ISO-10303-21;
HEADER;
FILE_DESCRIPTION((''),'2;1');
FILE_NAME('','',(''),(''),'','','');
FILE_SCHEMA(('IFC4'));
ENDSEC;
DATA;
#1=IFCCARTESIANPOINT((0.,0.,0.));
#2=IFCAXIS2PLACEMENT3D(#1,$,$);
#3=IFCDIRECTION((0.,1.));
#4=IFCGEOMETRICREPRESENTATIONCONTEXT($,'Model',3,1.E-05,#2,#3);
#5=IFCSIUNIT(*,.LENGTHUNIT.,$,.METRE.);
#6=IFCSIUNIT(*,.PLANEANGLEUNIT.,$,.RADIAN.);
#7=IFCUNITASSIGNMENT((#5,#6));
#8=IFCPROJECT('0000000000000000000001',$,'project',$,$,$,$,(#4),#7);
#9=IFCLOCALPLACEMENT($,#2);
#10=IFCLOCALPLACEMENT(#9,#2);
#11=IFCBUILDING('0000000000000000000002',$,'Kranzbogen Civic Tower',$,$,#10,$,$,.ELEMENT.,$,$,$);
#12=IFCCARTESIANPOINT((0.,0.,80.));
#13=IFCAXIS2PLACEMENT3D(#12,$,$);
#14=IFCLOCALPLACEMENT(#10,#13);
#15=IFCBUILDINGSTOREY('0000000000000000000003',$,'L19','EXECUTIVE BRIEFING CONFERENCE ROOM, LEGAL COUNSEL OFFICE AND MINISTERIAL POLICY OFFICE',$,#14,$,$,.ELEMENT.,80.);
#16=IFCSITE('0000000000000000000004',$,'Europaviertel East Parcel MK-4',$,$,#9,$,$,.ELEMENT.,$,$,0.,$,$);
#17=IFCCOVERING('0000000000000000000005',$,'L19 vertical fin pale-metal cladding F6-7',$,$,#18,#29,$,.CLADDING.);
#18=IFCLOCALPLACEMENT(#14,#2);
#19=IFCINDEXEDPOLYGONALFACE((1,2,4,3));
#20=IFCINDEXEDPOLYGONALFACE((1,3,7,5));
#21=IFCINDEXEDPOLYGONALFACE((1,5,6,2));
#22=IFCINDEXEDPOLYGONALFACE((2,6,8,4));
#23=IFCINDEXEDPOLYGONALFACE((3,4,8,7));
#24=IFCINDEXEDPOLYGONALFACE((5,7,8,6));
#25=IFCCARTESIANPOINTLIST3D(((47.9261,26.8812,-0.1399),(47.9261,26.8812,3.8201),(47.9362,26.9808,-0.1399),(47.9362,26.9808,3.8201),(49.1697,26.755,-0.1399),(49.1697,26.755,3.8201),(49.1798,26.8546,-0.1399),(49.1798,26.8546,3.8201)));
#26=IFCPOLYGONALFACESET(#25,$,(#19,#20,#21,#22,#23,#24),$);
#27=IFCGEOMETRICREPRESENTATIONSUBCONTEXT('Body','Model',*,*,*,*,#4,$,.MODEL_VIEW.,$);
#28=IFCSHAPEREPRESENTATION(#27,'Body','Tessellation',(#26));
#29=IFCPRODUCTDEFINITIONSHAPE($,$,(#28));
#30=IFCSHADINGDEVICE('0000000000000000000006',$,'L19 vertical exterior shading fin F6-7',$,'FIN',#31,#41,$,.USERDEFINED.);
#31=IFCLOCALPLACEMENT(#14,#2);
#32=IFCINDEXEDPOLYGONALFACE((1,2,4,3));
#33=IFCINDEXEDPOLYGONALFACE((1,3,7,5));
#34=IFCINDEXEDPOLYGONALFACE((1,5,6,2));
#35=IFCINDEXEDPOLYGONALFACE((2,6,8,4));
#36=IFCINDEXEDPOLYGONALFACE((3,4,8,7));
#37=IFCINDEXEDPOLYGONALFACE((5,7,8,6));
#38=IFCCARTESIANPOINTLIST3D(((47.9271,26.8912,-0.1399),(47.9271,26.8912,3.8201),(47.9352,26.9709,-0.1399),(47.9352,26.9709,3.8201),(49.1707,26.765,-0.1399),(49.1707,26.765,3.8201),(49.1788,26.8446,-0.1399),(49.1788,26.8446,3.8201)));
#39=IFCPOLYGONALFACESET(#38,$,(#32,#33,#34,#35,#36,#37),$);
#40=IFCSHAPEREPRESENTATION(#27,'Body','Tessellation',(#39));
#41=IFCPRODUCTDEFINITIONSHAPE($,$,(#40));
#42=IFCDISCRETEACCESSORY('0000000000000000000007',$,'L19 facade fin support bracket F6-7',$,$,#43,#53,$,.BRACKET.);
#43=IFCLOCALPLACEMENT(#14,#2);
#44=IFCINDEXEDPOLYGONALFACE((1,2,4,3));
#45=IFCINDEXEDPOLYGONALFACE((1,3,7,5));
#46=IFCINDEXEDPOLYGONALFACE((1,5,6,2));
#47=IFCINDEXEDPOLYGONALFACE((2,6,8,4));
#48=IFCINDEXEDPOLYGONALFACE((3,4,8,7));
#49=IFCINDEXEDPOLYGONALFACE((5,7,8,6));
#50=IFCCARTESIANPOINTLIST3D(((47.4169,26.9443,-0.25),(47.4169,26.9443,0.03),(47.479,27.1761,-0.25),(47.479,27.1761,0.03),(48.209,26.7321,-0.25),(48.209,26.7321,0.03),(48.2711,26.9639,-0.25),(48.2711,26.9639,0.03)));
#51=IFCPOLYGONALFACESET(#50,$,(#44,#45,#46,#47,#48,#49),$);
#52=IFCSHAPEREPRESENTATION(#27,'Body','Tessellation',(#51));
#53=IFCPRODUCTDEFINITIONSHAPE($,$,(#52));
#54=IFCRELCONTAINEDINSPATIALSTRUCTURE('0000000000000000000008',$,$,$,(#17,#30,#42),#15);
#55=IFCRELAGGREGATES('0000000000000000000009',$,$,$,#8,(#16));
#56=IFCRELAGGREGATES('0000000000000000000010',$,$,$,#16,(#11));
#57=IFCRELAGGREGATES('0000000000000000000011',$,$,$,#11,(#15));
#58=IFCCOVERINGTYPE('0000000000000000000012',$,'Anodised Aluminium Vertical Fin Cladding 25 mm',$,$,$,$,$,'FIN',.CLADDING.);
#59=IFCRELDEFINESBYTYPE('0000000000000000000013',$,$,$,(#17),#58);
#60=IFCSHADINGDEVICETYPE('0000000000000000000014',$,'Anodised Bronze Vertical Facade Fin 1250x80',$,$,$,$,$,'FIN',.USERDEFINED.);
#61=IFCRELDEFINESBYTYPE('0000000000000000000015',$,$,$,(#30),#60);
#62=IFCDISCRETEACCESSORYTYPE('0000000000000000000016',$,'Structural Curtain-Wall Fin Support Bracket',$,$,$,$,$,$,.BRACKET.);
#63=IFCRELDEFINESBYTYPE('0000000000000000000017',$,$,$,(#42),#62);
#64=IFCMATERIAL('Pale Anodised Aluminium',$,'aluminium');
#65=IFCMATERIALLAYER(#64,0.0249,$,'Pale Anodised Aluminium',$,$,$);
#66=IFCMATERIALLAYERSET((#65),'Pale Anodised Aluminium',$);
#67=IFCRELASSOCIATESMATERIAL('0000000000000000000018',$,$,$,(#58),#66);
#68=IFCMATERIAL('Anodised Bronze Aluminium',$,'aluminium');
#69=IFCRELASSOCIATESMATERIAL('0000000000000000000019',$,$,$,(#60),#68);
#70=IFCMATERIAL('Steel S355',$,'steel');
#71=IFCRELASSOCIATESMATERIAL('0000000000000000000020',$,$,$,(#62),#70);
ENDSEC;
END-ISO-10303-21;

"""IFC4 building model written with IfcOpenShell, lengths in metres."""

from ifc_helpers import new_model, si_unit, direction, frame, origin, origin_2d, place, context, subcontext, project, spatial, rectangle, extrude, material, layer, layer_set, type_object, element, save


model = new_model("IFC4")

# Units and contexts
model_context = context("Model", 3, precision=1e-05, world=origin(), true_north=direction((0.0, 1.0)))
body_context = subcontext(model_context, "Body", "Model", "MODEL_VIEW")
ifc_project = project(units=[si_unit("LENGTHUNIT", "METRE"), si_unit("PLANEANGLEUNIT", "RADIAN")], contexts=[model_context])

# Site, building, storey
site_placement = place(None, origin())
site = spatial("IfcSite", under=ifc_project, at=site_placement, Name="Europaviertel East Parcel MK-4", CompositionType="ELEMENT", RefElevation=0.0)
building_placement = place(site_placement, origin())
building = spatial("IfcBuilding", under=site, at=building_placement, Name="Kranzbogen Civic Tower", CompositionType="ELEMENT")
storey_placement = place(building_placement, frame((0.0, 0.0, 80.0)))
storey = spatial("IfcBuildingStorey", under=building, at=storey_placement, Name="L19", Description="EXECUTIVE BRIEFING CONFERENCE ROOM, LEGAL COUNSEL OFFICE AND MINISTERIAL POLICY OFFICE", CompositionType="ELEMENT", Elevation=80.0)

# Shared definitions
ifc_material_1 = material(Name="Steel S355", Category="steel")

# Shared definitions
ifc_material_2 = material(Name="Pale Anodised Aluminium", Category="aluminium")

# Covering
ifc_layer_1 = layer(ifc_material_2, 0.0249, Name="Pale Anodised Aluminium")
ifc_layer_set_1 = layer_set([ifc_layer_1], Name="Pale Anodised Aluminium")
covering_type = type_object("IfcCoveringType", Name="Anodised Aluminium Vertical Fin Cladding 25 mm", ElementType="FIN", PredefinedType="CLADDING", material=ifc_layer_set_1)
covering_placement = place(storey_placement, frame((48.553, 26.8679, -0.1399), z_axis=(0.0, 0.0, 1.0), x_axis=(0.99489, -0.100969, 0.0)))
element("IfcCovering", 1, at=covering_placement, inside=storey, type_object=covering_type, Name="L19 vertical fin pale-metal cladding F6-7", PredefinedType="CLADDING", context=body_context, shape_type="SweptSolid", body=[
    extrude(rectangle(XDim=1.25, YDim=0.1001, at=origin_2d()), origin(), (0.0, 0.0, 1.0), 3.96),
])

# Shading device
ifc_material_3 = material(Name="Anodised Bronze Aluminium", Category="aluminium")
shading_device_type = type_object("IfcShadingDeviceType", Name="Anodised Bronze Vertical Facade Fin 1250x80", ElementType="FIN", PredefinedType="USERDEFINED", material=ifc_material_3)
shading_device_placement = place(storey_placement, frame((48.553, 26.8679, -0.1399), z_axis=(0.0, 0.0, 1.0), x_axis=(0.99489, -0.100969, 0.0)))
element("IfcShadingDevice", 2, at=shading_device_placement, inside=storey, type_object=shading_device_type, Name="L19 vertical exterior shading fin F6-7", ObjectType="FIN", PredefinedType="USERDEFINED", context=body_context, shape_type="SweptSolid", body=[
    extrude(rectangle(XDim=1.25, YDim=0.0801, at=origin_2d()), origin(), (0.0, 0.0, 1.0), 3.96),
])

# Discrete accessory
discrete_accessory_type = type_object("IfcDiscreteAccessoryType", Name="Structural Curtain-Wall Fin Support Bracket", PredefinedType="BRACKET", material=ifc_material_1)
discrete_accessory_placement = place(storey_placement, frame((47.844, 26.9541, -0.25), z_axis=(0.0, 0.0, 1.0), x_axis=(0.965926, -0.258819, 0.0)))
element("IfcDiscreteAccessory", 3, at=discrete_accessory_placement, inside=storey, type_object=discrete_accessory_type, Name="L19 facade fin support bracket F6-7", PredefinedType="BRACKET", context=body_context, shape_type="SweptSolid", body=[
    extrude(rectangle(XDim=0.8201, YDim=0.24, at=origin_2d()), origin(), (0.0, 0.0, 1.0), 0.28),
])

save(model, "model.ifc")
